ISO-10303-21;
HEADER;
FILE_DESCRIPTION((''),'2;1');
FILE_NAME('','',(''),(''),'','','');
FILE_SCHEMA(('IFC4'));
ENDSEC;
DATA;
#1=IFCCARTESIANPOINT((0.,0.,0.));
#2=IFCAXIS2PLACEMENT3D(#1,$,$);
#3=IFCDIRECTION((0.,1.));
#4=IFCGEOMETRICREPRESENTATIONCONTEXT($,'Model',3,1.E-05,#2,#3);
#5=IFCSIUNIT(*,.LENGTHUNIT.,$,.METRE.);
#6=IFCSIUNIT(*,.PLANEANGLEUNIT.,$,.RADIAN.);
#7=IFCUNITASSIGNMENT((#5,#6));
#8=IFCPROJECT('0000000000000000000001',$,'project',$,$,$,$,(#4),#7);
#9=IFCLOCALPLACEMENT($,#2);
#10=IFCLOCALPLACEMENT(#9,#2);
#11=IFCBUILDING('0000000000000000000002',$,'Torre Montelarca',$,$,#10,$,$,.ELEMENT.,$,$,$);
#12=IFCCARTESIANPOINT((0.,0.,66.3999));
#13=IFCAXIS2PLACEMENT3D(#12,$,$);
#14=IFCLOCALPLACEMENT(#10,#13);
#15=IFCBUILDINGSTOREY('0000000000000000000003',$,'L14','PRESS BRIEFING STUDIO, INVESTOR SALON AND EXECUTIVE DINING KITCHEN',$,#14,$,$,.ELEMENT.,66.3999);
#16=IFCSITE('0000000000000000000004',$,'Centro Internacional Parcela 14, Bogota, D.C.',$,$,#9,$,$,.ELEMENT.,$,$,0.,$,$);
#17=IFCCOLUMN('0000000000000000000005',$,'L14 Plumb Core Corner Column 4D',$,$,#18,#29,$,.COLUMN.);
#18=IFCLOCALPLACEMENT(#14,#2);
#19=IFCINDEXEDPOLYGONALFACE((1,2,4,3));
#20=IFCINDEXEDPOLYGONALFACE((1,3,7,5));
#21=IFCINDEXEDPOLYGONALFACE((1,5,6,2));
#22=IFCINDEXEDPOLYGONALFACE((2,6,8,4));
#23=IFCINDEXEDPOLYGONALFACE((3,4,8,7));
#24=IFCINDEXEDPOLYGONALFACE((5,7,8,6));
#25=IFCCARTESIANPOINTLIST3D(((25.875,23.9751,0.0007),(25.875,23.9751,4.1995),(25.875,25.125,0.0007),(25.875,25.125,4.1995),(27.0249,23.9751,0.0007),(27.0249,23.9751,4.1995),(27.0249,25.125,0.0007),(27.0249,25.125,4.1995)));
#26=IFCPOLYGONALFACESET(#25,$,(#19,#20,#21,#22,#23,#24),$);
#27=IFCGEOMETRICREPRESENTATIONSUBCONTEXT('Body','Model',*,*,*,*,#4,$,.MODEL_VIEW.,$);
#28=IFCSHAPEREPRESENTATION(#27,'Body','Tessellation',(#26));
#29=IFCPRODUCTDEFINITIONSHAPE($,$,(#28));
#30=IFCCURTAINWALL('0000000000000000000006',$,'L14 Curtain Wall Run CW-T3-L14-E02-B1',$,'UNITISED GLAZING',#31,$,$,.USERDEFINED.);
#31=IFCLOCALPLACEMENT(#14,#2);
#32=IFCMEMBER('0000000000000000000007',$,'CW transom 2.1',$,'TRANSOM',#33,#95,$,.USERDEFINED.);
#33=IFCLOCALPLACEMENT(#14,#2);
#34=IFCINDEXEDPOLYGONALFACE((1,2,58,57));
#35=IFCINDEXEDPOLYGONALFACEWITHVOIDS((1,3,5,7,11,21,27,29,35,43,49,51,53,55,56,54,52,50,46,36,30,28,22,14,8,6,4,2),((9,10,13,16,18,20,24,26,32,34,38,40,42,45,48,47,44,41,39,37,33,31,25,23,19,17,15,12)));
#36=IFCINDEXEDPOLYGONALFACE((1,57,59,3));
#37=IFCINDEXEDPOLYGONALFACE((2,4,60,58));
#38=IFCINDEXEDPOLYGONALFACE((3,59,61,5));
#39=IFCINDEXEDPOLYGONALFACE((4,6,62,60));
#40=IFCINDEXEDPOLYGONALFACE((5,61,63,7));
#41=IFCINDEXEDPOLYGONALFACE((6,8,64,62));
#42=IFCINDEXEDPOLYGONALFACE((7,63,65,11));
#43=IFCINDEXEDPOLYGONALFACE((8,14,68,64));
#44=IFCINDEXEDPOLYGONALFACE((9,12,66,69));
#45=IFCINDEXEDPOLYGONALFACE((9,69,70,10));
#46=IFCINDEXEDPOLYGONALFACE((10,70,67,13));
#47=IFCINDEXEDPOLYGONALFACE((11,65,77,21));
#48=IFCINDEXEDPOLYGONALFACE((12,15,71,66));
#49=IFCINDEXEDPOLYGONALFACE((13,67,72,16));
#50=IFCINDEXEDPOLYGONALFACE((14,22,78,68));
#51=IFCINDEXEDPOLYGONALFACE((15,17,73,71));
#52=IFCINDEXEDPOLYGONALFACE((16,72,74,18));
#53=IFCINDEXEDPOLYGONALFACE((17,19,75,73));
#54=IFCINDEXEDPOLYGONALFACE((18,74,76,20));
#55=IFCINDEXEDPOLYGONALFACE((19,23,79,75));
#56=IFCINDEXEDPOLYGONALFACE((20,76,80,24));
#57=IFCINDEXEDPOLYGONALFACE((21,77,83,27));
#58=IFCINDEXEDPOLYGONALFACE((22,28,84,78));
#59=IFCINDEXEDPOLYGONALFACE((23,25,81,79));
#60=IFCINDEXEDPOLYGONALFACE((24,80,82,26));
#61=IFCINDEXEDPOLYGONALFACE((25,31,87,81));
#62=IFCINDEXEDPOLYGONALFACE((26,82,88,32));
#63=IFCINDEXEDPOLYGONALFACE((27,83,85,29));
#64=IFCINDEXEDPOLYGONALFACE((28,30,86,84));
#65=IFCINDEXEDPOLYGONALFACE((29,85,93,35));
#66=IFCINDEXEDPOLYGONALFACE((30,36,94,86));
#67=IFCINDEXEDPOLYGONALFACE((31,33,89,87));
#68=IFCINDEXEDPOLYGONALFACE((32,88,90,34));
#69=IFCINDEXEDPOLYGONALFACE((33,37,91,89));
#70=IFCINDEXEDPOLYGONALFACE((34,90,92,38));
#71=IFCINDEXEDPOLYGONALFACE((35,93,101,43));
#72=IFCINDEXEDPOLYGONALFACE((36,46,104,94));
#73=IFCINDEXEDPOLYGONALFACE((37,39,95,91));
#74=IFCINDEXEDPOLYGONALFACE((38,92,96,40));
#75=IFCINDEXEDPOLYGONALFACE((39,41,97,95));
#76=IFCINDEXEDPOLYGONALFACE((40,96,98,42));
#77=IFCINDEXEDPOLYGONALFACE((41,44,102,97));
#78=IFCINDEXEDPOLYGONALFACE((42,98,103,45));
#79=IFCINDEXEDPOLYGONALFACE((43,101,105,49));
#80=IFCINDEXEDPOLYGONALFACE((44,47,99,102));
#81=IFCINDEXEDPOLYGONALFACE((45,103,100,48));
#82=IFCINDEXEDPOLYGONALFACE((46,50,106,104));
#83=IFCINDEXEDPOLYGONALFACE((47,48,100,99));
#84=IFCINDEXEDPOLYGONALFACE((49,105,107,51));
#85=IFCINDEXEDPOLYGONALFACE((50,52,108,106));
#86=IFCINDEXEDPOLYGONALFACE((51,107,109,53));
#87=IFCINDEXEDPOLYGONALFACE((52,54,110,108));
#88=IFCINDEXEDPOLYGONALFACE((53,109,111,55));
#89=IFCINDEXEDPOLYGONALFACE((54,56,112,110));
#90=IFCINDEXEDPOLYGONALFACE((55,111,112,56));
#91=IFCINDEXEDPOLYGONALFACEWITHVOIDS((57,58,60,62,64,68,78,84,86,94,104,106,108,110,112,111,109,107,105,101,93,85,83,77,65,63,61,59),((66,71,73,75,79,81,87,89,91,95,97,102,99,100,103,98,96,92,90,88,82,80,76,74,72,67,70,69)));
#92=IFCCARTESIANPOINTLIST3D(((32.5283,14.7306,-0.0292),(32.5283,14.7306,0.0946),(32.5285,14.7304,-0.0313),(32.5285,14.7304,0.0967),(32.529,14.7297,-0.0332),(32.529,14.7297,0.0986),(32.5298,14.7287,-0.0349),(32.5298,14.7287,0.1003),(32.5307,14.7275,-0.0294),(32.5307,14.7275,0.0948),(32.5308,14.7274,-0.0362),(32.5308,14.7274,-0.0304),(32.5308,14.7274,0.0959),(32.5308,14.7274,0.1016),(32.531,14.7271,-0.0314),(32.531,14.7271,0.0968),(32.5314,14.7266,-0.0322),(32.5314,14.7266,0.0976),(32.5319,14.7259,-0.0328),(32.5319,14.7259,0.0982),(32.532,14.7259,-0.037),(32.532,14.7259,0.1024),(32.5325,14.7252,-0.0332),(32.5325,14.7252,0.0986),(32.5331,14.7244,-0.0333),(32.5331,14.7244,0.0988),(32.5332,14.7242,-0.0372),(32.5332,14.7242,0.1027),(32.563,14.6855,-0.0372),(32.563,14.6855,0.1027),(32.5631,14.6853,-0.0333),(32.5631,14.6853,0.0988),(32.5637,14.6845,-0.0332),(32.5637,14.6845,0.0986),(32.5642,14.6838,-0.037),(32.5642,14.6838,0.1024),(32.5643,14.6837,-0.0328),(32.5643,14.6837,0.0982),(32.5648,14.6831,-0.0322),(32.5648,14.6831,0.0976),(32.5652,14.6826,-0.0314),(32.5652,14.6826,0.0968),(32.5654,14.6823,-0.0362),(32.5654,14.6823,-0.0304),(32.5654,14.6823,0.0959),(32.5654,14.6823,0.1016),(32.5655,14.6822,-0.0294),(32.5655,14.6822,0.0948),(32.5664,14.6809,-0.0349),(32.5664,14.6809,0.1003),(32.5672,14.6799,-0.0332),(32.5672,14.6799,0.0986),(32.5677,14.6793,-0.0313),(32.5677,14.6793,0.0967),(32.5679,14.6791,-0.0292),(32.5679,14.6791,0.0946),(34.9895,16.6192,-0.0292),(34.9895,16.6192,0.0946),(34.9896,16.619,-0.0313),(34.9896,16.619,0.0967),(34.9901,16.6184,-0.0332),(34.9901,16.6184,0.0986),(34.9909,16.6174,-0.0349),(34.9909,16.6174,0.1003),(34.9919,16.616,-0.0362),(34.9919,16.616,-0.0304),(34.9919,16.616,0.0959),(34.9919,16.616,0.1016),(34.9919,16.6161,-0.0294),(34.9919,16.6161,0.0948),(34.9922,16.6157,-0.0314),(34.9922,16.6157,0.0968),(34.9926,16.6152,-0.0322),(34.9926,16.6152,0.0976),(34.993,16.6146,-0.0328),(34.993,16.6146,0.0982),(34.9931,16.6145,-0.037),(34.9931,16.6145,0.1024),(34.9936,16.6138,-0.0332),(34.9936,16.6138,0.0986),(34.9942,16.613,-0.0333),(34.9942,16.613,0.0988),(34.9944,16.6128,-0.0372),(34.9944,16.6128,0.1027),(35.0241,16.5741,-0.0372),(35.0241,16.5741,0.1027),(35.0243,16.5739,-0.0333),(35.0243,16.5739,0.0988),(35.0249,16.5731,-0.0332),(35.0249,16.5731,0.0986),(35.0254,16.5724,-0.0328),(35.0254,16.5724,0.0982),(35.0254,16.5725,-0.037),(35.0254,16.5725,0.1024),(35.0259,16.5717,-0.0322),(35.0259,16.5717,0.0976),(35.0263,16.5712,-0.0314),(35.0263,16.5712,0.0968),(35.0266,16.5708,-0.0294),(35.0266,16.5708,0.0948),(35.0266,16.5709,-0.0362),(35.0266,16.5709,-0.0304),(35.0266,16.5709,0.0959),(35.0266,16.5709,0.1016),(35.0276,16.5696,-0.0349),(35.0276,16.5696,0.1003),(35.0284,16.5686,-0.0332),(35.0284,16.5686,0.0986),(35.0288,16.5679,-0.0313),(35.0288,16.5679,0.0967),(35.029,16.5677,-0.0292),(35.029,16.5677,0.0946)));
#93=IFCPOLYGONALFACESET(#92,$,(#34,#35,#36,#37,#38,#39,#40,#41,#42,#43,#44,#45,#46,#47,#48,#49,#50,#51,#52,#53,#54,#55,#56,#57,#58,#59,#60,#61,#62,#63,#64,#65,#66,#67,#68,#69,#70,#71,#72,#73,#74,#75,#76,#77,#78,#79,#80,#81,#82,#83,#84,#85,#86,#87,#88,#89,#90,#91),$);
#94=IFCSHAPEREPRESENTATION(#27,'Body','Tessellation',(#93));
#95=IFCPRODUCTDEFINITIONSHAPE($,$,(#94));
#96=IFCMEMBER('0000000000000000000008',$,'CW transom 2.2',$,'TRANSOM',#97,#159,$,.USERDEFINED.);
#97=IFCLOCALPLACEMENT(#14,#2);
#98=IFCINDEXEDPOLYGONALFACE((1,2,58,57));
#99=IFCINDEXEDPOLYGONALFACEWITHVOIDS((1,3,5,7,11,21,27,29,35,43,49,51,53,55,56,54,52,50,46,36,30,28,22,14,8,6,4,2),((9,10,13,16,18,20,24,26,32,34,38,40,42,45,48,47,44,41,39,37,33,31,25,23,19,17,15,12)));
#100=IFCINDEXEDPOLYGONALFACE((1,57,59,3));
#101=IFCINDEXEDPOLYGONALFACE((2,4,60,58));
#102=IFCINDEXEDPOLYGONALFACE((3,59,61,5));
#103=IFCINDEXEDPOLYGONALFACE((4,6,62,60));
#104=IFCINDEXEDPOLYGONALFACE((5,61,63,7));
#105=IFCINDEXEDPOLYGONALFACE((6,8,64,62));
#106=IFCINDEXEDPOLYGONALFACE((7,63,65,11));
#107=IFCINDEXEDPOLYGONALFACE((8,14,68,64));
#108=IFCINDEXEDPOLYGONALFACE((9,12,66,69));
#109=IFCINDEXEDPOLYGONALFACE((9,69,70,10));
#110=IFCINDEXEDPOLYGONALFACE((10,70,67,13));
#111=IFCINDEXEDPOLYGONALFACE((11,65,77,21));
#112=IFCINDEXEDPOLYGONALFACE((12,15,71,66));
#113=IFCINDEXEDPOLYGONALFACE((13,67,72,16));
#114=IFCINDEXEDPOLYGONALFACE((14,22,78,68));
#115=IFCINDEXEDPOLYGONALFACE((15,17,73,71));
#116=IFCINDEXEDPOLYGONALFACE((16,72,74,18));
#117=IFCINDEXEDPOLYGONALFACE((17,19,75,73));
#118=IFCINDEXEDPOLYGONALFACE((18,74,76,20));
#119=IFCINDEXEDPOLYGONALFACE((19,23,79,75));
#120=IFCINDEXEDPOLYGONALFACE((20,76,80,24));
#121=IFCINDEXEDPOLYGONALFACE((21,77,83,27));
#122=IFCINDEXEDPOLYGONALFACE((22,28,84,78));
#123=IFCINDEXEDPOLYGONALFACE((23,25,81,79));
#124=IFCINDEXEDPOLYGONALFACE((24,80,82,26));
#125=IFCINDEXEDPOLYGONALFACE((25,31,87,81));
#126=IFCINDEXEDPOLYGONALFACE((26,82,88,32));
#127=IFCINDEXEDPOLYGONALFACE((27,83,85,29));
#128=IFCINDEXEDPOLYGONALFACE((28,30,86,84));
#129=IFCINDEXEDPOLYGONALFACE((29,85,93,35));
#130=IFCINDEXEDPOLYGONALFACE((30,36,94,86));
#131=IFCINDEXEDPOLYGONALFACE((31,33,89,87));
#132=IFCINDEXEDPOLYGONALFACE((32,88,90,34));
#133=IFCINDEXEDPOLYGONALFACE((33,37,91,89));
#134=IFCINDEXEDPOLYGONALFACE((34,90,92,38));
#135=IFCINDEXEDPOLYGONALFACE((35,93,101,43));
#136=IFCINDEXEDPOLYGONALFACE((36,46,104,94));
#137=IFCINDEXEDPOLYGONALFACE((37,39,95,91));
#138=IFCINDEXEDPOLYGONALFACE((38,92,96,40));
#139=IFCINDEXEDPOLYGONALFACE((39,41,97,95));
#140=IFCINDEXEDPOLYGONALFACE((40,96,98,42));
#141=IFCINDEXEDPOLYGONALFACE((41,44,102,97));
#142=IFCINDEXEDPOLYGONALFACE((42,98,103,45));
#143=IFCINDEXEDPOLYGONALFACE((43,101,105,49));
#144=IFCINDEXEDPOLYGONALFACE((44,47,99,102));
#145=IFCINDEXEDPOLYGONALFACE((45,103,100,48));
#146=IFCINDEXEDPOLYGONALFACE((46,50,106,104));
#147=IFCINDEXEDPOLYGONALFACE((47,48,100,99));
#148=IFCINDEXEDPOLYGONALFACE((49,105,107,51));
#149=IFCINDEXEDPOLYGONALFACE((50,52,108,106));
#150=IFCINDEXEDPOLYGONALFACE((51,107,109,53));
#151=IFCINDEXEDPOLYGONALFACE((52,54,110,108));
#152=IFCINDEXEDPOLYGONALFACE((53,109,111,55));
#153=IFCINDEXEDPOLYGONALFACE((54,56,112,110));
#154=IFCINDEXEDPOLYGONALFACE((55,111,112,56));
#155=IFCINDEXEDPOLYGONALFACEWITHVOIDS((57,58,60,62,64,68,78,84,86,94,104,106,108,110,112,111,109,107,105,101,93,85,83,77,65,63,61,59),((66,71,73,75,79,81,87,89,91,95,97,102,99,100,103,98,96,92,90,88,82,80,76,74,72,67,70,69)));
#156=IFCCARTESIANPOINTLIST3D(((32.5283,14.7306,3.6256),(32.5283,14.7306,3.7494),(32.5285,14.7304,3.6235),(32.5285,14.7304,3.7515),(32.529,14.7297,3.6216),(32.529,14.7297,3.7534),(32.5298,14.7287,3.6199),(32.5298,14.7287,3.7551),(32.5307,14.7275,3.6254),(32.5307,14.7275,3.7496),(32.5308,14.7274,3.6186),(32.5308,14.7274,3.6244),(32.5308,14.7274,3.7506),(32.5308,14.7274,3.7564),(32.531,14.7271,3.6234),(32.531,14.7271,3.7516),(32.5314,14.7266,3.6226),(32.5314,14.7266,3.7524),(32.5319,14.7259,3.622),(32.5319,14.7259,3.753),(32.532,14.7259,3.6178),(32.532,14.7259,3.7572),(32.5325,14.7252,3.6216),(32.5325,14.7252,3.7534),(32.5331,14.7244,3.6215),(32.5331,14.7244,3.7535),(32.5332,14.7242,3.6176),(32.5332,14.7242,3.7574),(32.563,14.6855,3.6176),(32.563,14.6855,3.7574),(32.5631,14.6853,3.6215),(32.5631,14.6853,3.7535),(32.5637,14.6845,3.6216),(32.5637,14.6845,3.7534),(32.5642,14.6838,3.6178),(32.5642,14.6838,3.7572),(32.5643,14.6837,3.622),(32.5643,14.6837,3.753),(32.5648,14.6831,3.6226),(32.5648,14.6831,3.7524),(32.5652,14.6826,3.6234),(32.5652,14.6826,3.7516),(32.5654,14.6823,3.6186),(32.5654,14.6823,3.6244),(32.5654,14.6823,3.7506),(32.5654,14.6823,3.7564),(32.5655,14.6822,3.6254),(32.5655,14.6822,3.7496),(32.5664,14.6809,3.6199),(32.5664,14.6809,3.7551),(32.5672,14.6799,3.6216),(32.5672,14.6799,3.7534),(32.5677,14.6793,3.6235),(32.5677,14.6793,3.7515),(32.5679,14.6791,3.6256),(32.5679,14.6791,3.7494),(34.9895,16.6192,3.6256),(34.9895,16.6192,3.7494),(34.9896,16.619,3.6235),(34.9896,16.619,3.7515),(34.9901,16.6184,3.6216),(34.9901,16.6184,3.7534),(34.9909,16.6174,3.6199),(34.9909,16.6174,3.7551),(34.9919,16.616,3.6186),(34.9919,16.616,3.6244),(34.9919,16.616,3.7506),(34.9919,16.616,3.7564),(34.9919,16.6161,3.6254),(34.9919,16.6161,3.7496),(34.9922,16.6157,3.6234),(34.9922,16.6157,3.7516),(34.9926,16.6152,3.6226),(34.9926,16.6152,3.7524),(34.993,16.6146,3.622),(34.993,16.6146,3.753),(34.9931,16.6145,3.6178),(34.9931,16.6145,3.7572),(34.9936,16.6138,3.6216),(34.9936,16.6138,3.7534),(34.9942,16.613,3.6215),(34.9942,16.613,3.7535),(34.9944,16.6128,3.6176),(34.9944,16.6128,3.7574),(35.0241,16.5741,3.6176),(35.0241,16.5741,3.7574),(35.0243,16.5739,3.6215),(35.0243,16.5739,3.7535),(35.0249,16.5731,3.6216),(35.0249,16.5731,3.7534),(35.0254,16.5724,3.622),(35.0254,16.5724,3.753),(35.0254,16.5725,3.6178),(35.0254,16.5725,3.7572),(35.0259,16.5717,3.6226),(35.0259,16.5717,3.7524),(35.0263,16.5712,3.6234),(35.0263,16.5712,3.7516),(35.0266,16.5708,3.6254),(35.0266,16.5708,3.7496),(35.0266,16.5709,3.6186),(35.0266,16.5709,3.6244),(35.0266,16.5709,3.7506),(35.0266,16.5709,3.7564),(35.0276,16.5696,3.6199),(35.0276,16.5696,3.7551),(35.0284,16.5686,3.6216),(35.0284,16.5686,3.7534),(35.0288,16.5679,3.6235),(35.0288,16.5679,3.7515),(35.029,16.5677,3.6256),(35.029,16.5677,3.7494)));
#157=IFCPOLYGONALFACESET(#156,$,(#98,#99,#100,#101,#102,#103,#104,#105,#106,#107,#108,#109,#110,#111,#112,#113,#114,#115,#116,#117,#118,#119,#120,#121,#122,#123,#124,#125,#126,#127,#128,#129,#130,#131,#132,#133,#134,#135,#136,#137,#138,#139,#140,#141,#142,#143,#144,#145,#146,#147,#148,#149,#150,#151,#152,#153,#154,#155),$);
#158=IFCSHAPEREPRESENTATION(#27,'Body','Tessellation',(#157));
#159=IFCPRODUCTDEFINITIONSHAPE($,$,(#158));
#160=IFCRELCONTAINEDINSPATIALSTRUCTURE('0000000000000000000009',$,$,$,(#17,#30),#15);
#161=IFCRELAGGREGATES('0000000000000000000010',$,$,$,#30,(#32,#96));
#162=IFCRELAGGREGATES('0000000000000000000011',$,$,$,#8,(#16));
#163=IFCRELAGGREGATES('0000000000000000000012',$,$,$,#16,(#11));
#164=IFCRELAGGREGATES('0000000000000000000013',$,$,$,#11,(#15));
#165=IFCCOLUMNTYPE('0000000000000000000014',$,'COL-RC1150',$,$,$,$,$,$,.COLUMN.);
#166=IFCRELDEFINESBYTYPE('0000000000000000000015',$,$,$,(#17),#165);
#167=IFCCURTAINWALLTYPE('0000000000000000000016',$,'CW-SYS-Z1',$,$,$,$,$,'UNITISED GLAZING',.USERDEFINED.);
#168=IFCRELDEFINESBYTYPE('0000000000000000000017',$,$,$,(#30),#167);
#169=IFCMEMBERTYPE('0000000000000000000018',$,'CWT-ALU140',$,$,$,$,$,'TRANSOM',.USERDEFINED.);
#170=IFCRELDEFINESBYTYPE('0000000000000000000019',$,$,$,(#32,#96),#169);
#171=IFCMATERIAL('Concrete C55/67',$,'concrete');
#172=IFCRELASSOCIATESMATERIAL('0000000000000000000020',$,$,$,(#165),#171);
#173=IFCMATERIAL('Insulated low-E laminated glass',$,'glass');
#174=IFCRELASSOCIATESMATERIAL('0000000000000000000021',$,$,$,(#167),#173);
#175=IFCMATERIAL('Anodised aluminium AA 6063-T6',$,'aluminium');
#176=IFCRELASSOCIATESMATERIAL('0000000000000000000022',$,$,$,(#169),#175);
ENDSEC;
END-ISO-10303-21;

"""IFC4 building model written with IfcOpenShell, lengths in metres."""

from ifc_helpers import new_model, si_unit, direction, frame, origin, origin_2d, place, context, subcontext, project, spatial, rectangle, hollow_rectangle, extrude, source, transform, mapped, material, material_profile, profile_set, type_object, element, aggregate, save


model = new_model("IFC4")

# Units and contexts
model_context = context("Model", 3, precision=1e-05, world=origin(), true_north=direction((0.0, 1.0)))
body_context = subcontext(model_context, "Body", "Model", "MODEL_VIEW")
ifc_project = project(units=[si_unit("LENGTHUNIT", "METRE"), si_unit("PLANEANGLEUNIT", "RADIAN")], contexts=[model_context])

# Site, building, storey
site_placement = place(None, origin())
site = spatial("IfcSite", under=ifc_project, at=site_placement, Name="Centro Internacional Parcela 14, Bogota, D.C.", CompositionType="ELEMENT", RefElevation=0.0)
building_placement = place(site_placement, origin())
building = spatial("IfcBuilding", under=site, at=building_placement, Name="Torre Montelarca", CompositionType="ELEMENT")
storey_placement = place(building_placement, frame((0.0, 0.0, 66.3999)))
storey = spatial("IfcBuildingStorey", under=building, at=storey_placement, Name="L14", Description="PRESS BRIEFING STUDIO, INVESTOR SALON AND EXECUTIVE DINING KITCHEN", CompositionType="ELEMENT", Elevation=66.3999)

# Column
ifc_material_1 = material(Name="Concrete C55/67", Category="concrete")
ifc_material_profile_1 = material_profile(ifc_material_1, rectangle(XDim=1.1499, YDim=1.1499, at=origin_2d()), Name="RC1150X1150", Category="concrete")
ifc_profile_set_1 = profile_set([ifc_material_profile_1], Name="Concrete C55/67")
column_type_1 = type_object("IfcColumnType", Name="COL-RC1150", PredefinedType="COLUMN", material=ifc_profile_set_1)
shared_shape_1 = source(origin(), body_context, "Body", "SweptSolid", [
    extrude(rectangle(XDim=1.1499, YDim=1.1499, at=origin_2d()), origin(), (0.0, 0.0, 1.0), 4.1987),
])
column_1_placement = place(storey_placement, frame((26.45, 24.55, 0.0007), z_axis=(0.0, 0.0, 1.0), x_axis=(1.0, 0.0, 0.0)))
element("IfcColumn", 1, at=column_1_placement, inside=storey, type_object=column_type_1, Name="L14 Plumb Core Corner Column 4D", PredefinedType="COLUMN", context=body_context, shape_type="MappedRepresentation", body=[
    mapped(shared_shape_1, transform((0.0, 0.0, 0.0), scale=1.0)),
])

# Curtain wall, members
ifc_material_2 = material(Name="Insulated low-E laminated glass", Category="glass")
curtain_wall_type = type_object("IfcCurtainWallType", Name="CW-SYS-Z1", ElementType="UNITISED GLAZING", PredefinedType="USERDEFINED", material=ifc_material_2)
curtain_wall_1_placement = place(storey_placement, origin())
curtain_wall_1 = element("IfcCurtainWall", 2, at=curtain_wall_1_placement, inside=storey, type_object=curtain_wall_type, Name="L14 Curtain Wall Run CW-T3-L14-E02-B1", ObjectType="UNITISED GLAZING", PredefinedType="USERDEFINED")
ifc_material_3 = material(Name="Anodised aluminium AA 6063-T6", Category="aluminium")
ifc_material_profile_2 = material_profile(ifc_material_3, hollow_rectangle(XDim=0.0649, YDim=0.1399, WallThickness=0.0039, InnerFilletRadius=0.0039, OuterFilletRadius=0.0081, at=origin_2d()), Name="ALU65X140X4", Category="aluminium")
ifc_profile_set_2 = profile_set([ifc_material_profile_2], Name="Anodised aluminium AA 6063-T6")
member_type_1 = type_object("IfcMemberType", Name="CWT-ALU140", ElementType="TRANSOM", PredefinedType="USERDEFINED", material=ifc_profile_set_2)
shared_shape_2 = source(origin(), body_context, "Body", "SweptSolid", [
    extrude(hollow_rectangle(XDim=0.0649, YDim=0.1399, WallThickness=0.0039, InnerFilletRadius=0.0039, OuterFilletRadius=0.0081, at=origin_2d()), origin(), (0.0, 0.0, 1.0), 3.1023),
])
member_1_placement = place(storey_placement, frame((32.5481, 14.7048, 0.0327), z_axis=(0.793331, 0.60879, 0.0), x_axis=(-0.60879, 0.793331, 0.0)))
member_1 = element("IfcMember", 3, at=member_1_placement, type_object=member_type_1, Name="CW transom 2.1", ObjectType="TRANSOM", PredefinedType="USERDEFINED", context=body_context, shape_type="MappedRepresentation", body=[
    mapped(shared_shape_2, transform((0.0, 0.0, 0.0), scale=1.0)),
])
member_2_placement = place(storey_placement, frame((32.5481, 14.7048, 3.6875), z_axis=(0.793331, 0.60879, 0.0), x_axis=(-0.60879, 0.793331, 0.0)))
member_2 = element("IfcMember", 4, at=member_2_placement, type_object=member_type_1, Name="CW transom 2.2", ObjectType="TRANSOM", PredefinedType="USERDEFINED", context=body_context, shape_type="MappedRepresentation", body=[
    mapped(shared_shape_2, transform((0.0, 0.0, 0.0), scale=1.0)),
])

aggregate(curtain_wall_1, [member_1, member_2])

save(model, "model.ifc")
